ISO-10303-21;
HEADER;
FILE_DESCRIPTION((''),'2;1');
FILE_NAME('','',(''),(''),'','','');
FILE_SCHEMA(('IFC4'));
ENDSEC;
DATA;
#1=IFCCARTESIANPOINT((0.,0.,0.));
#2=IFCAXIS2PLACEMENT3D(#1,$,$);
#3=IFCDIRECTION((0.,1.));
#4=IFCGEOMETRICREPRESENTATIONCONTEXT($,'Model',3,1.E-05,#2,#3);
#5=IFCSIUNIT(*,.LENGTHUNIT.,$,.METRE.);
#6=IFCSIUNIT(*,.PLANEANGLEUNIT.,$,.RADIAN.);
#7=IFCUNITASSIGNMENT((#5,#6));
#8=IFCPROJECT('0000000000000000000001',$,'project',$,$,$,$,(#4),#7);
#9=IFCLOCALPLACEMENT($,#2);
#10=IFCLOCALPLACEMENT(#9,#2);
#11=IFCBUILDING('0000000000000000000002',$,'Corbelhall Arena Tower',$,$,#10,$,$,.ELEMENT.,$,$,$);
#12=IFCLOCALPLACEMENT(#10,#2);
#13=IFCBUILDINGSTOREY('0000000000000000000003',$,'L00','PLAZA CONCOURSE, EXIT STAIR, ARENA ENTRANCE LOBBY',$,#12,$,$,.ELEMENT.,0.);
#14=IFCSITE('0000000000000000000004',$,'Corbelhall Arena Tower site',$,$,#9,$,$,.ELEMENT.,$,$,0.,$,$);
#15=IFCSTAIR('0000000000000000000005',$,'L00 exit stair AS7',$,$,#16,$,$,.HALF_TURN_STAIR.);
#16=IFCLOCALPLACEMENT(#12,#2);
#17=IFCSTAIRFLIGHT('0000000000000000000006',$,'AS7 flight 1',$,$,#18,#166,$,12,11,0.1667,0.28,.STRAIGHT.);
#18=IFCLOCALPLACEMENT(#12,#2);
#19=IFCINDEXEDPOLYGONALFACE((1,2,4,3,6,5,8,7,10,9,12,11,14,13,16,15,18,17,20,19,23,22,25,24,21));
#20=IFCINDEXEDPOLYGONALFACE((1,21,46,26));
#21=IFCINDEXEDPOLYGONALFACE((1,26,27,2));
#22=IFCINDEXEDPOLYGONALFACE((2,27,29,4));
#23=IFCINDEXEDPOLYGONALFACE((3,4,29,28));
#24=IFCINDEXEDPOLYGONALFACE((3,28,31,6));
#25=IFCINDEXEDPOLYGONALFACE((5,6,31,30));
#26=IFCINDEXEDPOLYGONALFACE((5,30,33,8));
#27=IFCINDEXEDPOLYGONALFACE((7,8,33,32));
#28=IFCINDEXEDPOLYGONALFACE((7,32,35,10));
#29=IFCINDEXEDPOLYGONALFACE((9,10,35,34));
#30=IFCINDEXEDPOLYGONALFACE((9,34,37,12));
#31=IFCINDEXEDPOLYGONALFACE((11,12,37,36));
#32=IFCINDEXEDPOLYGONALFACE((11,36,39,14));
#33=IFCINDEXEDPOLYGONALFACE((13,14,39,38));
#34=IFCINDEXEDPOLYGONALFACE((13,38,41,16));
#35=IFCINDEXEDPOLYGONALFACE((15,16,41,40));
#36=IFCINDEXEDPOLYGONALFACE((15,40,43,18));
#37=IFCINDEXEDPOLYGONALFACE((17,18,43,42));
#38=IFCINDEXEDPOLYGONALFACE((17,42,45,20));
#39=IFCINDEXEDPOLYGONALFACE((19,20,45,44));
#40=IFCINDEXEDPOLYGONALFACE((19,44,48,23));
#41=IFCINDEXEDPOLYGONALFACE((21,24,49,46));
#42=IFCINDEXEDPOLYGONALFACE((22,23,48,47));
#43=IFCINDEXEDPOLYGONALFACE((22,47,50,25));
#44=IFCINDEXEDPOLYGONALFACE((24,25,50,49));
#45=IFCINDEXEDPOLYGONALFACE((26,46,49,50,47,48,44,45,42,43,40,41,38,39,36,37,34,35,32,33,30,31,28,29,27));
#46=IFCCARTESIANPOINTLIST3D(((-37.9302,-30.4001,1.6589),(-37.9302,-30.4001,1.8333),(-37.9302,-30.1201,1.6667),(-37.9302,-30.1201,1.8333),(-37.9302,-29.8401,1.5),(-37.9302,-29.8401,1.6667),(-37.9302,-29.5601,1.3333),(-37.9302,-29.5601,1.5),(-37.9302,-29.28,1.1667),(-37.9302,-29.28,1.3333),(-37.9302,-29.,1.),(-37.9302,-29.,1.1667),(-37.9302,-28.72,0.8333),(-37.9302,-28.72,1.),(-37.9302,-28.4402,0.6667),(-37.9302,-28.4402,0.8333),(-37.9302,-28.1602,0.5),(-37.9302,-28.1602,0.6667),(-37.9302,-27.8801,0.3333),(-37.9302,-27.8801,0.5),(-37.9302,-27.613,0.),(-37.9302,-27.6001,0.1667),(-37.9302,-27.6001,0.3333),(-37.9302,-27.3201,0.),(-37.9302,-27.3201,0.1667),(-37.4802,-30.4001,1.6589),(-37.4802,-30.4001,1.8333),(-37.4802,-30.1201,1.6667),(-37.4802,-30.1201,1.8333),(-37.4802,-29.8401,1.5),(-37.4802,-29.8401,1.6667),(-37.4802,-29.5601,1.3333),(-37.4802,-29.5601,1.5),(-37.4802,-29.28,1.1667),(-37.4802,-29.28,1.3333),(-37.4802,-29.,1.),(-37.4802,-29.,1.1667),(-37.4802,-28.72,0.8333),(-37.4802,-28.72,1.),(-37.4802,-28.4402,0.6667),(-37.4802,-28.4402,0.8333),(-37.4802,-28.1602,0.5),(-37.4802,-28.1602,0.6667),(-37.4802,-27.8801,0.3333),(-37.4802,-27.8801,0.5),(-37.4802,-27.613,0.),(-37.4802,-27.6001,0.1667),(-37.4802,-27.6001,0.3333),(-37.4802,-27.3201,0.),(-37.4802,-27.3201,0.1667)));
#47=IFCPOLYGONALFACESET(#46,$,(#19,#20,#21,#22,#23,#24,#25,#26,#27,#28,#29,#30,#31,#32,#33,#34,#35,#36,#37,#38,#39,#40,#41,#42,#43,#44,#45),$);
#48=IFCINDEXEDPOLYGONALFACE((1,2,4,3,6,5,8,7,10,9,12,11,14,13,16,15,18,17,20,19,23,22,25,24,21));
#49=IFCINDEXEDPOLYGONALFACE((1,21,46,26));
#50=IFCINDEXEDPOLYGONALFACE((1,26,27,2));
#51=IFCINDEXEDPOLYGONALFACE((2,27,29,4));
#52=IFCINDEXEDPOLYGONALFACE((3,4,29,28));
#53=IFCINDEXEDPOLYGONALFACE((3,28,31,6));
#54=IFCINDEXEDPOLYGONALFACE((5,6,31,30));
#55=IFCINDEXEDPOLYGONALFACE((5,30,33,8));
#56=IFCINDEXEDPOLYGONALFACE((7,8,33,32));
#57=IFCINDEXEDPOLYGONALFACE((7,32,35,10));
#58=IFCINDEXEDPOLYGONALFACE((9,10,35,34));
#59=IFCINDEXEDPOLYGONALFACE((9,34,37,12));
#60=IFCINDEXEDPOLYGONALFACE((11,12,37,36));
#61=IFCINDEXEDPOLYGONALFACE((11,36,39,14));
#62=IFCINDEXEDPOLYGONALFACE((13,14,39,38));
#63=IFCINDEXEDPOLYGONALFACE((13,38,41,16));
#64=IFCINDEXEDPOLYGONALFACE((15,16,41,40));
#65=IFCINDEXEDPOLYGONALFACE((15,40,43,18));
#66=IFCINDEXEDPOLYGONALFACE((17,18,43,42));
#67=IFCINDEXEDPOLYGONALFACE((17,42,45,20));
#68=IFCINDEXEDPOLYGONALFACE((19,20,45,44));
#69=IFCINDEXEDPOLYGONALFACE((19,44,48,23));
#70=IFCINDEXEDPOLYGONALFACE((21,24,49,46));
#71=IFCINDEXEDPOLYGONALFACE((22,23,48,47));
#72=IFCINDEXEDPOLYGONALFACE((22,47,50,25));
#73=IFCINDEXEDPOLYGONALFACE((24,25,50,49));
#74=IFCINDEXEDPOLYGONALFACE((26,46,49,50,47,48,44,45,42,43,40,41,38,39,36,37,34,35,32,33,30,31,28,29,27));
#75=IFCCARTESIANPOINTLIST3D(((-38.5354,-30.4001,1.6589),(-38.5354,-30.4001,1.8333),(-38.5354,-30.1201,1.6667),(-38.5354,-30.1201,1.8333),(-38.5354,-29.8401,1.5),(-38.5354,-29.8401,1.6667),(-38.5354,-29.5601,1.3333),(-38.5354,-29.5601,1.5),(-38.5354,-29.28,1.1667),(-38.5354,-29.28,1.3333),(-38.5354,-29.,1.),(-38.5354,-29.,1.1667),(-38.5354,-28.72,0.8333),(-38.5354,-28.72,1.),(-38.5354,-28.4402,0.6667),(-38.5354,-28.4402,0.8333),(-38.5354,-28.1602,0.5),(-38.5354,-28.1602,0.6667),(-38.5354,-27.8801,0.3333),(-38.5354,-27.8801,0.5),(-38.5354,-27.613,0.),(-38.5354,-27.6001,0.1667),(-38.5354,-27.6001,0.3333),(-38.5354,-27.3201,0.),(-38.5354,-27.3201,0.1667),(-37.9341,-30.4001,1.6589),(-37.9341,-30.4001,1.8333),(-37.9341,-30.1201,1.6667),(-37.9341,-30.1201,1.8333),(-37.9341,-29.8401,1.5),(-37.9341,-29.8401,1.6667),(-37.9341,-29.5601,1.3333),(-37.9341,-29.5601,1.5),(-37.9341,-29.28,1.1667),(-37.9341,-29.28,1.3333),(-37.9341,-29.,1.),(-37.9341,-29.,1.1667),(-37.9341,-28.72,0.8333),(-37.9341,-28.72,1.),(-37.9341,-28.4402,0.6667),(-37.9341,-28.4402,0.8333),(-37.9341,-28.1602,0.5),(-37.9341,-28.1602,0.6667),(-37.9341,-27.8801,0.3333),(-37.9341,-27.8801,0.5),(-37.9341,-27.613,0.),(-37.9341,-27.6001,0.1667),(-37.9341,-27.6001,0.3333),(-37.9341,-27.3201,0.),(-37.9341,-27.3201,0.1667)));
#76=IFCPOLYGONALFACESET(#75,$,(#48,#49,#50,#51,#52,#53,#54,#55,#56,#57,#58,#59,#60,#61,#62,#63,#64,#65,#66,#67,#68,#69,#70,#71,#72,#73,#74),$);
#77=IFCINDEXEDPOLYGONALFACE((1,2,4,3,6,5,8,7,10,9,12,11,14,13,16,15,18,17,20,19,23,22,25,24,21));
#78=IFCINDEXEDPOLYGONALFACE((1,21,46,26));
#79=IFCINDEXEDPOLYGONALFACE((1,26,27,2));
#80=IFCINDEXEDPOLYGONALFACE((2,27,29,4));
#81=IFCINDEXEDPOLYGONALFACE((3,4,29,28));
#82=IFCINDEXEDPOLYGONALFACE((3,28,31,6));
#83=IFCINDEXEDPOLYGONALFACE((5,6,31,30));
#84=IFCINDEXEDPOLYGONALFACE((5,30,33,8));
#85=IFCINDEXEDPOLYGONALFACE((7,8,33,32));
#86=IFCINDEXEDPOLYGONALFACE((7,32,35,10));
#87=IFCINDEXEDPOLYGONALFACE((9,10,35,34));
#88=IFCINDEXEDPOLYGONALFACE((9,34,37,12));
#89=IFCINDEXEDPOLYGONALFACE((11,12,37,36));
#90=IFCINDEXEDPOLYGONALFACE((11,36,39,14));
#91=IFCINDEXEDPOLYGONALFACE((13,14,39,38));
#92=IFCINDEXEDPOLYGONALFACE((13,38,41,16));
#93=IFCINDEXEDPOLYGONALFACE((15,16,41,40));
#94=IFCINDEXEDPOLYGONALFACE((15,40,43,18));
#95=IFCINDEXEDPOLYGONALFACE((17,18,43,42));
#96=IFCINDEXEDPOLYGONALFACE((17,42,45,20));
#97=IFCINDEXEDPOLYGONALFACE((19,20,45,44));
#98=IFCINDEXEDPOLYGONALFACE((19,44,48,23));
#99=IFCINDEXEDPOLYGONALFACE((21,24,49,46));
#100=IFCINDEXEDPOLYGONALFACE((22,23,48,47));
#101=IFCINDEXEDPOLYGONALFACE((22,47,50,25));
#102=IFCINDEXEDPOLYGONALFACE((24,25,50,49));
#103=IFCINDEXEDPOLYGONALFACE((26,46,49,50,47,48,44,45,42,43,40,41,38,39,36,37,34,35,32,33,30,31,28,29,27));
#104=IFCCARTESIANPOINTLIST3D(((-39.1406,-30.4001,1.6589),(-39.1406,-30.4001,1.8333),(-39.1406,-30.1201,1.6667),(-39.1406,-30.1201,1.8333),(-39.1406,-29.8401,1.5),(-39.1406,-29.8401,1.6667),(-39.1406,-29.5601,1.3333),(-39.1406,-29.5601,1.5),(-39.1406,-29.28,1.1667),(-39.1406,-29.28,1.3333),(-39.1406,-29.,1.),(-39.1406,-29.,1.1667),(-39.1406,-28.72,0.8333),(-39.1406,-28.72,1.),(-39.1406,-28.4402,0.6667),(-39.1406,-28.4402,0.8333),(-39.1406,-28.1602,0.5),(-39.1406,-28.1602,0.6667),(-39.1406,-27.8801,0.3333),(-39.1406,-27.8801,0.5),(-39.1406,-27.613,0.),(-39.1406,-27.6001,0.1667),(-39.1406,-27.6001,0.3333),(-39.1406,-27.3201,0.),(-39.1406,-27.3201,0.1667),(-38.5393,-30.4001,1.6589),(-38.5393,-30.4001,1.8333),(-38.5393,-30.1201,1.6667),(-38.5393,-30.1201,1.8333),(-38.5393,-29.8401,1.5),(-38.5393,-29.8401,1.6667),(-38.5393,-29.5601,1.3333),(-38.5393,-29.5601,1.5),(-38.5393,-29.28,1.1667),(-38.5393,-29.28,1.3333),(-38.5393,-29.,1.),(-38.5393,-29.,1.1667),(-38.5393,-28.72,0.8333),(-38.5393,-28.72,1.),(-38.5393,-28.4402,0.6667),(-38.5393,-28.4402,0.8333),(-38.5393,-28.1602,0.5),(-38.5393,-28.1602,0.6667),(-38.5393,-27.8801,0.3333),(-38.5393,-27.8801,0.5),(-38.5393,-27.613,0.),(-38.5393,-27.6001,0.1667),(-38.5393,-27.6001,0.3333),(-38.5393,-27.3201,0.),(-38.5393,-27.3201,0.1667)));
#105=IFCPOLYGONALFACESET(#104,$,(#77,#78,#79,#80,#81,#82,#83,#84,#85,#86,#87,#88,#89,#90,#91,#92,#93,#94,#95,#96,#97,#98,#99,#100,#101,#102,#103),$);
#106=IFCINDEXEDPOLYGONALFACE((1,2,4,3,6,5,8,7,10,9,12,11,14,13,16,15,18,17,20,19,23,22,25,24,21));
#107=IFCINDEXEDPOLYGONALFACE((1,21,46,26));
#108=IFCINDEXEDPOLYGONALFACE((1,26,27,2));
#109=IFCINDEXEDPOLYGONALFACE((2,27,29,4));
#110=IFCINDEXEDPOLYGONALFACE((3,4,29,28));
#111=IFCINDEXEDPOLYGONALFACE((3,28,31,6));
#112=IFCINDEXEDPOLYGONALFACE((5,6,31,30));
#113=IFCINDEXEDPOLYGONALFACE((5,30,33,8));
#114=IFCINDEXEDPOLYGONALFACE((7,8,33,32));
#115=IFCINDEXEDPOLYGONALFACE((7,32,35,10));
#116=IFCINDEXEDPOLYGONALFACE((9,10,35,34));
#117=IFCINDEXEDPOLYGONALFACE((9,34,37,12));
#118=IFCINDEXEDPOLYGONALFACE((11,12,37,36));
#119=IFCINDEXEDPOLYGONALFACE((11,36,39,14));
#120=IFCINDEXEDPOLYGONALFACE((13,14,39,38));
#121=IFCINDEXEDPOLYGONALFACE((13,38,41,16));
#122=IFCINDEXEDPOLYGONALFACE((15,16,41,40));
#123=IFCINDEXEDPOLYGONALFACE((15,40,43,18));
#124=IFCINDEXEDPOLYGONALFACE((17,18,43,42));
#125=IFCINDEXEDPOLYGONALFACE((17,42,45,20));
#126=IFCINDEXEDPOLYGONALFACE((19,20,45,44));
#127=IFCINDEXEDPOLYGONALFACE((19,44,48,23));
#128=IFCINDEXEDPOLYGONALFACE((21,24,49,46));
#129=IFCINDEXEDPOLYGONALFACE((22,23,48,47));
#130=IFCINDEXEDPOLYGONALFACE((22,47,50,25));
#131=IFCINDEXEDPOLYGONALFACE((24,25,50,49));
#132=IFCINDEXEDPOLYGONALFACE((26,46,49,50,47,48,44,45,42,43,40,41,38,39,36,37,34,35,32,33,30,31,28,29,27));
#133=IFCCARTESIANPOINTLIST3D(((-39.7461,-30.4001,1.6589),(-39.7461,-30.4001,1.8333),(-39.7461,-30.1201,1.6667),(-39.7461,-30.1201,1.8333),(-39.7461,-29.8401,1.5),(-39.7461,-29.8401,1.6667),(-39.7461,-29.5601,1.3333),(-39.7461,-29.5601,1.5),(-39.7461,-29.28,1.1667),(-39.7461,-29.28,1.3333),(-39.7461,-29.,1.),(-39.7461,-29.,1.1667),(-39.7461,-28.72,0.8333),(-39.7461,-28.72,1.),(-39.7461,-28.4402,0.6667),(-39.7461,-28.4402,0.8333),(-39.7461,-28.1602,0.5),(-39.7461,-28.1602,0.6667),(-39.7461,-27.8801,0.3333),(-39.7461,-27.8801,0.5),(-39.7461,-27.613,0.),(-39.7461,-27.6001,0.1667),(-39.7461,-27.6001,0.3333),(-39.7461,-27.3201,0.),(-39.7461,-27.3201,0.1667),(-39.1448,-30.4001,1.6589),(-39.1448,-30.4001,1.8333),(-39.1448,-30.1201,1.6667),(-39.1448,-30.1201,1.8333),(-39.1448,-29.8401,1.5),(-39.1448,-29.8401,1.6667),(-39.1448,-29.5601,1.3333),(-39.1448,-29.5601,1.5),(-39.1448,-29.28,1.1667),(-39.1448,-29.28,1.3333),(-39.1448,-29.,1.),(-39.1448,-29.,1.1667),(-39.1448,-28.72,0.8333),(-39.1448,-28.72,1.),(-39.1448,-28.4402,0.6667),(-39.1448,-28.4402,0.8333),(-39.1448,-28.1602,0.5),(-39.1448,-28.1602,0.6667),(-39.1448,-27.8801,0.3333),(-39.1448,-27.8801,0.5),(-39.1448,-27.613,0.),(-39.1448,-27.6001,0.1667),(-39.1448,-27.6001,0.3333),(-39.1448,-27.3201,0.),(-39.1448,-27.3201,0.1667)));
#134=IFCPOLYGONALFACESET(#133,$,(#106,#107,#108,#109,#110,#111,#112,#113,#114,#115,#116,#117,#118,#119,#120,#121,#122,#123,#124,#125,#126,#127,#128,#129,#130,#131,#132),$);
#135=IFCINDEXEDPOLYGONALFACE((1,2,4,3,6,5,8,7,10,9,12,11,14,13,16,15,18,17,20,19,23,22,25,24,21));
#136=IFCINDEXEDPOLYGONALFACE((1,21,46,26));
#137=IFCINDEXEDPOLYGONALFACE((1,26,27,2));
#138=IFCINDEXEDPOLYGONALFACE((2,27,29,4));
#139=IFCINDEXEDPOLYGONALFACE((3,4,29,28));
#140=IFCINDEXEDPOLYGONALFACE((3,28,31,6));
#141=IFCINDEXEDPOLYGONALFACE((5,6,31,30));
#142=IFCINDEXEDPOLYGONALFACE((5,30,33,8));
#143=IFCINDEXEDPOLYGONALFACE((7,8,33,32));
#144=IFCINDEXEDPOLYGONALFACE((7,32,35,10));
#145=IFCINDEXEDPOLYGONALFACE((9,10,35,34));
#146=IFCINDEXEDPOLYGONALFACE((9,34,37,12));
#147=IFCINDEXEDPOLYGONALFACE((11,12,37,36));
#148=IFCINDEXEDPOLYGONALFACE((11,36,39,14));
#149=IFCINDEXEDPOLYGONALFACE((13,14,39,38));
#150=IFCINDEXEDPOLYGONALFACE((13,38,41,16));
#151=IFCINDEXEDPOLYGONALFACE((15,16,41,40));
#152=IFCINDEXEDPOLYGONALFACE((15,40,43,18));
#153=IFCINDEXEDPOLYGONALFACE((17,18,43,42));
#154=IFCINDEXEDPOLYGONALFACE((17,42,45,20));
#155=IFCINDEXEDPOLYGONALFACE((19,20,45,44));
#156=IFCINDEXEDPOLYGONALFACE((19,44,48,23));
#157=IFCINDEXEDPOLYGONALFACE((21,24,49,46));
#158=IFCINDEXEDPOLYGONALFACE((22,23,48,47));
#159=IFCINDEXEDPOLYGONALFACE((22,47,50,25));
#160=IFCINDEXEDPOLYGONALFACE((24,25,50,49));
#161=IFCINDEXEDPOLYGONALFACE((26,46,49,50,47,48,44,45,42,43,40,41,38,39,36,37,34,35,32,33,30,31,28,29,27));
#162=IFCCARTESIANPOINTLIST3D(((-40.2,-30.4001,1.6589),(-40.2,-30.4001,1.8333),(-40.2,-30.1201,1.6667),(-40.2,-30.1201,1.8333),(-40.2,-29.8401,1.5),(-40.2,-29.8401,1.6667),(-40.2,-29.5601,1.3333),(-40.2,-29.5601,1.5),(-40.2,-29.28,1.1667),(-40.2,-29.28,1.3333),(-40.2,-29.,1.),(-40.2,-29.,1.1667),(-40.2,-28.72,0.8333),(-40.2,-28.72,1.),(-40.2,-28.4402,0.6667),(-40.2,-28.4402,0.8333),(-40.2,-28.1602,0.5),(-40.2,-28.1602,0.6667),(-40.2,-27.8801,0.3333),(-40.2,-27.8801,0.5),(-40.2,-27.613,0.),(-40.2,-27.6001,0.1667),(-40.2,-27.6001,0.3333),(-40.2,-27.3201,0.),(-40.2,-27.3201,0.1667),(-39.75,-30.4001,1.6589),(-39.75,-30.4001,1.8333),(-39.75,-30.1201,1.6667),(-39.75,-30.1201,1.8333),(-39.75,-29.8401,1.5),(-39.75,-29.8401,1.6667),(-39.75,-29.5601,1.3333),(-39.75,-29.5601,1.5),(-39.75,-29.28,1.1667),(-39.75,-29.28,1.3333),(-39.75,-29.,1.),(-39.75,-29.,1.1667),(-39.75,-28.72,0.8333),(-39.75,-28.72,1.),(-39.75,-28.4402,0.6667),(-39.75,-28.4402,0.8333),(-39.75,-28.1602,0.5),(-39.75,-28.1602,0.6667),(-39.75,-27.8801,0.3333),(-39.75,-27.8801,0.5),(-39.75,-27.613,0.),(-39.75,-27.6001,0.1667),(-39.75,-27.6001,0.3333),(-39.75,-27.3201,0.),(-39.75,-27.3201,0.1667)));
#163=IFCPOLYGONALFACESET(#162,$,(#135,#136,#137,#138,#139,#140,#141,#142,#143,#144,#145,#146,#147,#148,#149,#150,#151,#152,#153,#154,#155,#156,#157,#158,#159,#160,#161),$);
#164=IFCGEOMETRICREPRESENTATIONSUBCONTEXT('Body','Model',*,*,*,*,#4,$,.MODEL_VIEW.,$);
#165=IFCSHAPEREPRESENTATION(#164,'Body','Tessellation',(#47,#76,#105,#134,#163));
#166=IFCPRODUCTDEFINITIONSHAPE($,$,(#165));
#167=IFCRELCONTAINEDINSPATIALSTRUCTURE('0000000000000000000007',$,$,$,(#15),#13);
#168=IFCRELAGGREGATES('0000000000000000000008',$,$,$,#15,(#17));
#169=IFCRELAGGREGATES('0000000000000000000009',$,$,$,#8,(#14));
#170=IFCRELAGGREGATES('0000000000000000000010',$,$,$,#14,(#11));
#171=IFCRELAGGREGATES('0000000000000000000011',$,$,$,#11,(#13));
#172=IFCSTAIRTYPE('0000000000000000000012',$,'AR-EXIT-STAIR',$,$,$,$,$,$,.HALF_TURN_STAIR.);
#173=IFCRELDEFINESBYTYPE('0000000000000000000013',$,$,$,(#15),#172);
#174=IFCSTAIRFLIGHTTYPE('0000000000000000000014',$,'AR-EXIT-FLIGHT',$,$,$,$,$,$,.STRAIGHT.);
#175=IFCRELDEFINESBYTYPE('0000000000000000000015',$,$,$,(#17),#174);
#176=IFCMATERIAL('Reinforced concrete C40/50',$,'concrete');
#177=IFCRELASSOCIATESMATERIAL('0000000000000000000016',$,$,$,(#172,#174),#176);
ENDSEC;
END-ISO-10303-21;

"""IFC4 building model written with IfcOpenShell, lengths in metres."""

from ifc_helpers import new_model, si_unit, direction, frame, origin, place, context, subcontext, project, spatial, polyline, outline, extrude, material, type_object, element, aggregate, save


model = new_model("IFC4")

# Units and contexts
model_context = context("Model", 3, precision=1e-05, world=origin(), true_north=direction((0.0, 1.0)))
body_context = subcontext(model_context, "Body", "Model", "MODEL_VIEW")
ifc_project = project(units=[si_unit("LENGTHUNIT", "METRE"), si_unit("PLANEANGLEUNIT", "RADIAN")], contexts=[model_context])

# Site, building, storey
site_placement = place(None, origin())
site = spatial("IfcSite", under=ifc_project, at=site_placement, Name="Corbelhall Arena Tower site", CompositionType="ELEMENT", RefElevation=0.0)
building_placement = place(site_placement, origin())
building = spatial("IfcBuilding", under=site, at=building_placement, Name="Corbelhall Arena Tower", CompositionType="ELEMENT")
storey_placement = place(building_placement, origin())
storey = spatial("IfcBuildingStorey", under=building, at=storey_placement, Name="L00", Description="PLAZA CONCOURSE, EXIT STAIR, ARENA ENTRANCE LOBBY", CompositionType="ELEMENT", Elevation=0.0)

# Stair, stair flight
ifc_material_1 = material(Name="Reinforced concrete C40/50", Category="concrete")
stair_type = type_object("IfcStairType", Name="AR-EXIT-STAIR", PredefinedType="HALF_TURN_STAIR", material=ifc_material_1)
stair_1_placement = place(storey_placement, origin())
stair_1 = element("IfcStair", 1, at=stair_1_placement, inside=storey, type_object=stair_type, Name="L00 exit stair AS7", PredefinedType="HALF_TURN_STAIR")
stair_flight_type = type_object("IfcStairFlightType", Name="AR-EXIT-FLIGHT", PredefinedType="STRAIGHT", material=ifc_material_1)
stair_flight_1_placement = place(storey_placement, frame((-38.8401, -27.3201, 0.0), z_axis=(0.0, 0.0, 1.0), x_axis=(0.0, -1.0, 0.0)))
stair_flight_1 = element("IfcStairFlight", 2, at=stair_flight_1_placement, type_object=stair_flight_type, Name="AS7 flight 1", NumberOfRisers=12, NumberOfTreads=11, PredefinedType="STRAIGHT", RiserHeight=0.1667, TreadLength=0.28, context=body_context, shape_type="SweptSolid", body=[
    extrude(outline(polyline([(0.0, 0.0), (0.0, 0.1667), (0.28, 0.1667), (0.28, 0.3333), (0.5601, 0.3333), (0.5601, 0.5), (0.8401, 0.5), (0.8401, 0.6667), (1.1201, 0.6667), (1.1201, 0.8333), (1.3999, 0.8333), (1.3999, 1.0), (1.6799, 1.0), (1.6799, 1.1667), (1.96, 1.1667), (1.96, 1.3333), (2.24, 1.3333), (2.24, 1.5), (2.52, 1.5), (2.52, 1.6667), (2.8, 1.6667), (2.8, 1.8333), (3.0801, 1.8333), (3.0801, 2.0), (3.0801, 1.6589), (0.293, 0.0), (0.0, 0.0)])), frame((0.0, 1.3599, 0.0), z_axis=(0.0, -1.0, 0.0), x_axis=(1.0, 0.0, 0.0)), (0.0, 0.0, 1.0), 0.45),
    extrude(outline(polyline([(0.0, 0.0), (0.0, 0.1667), (0.28, 0.1667), (0.28, 0.3333), (0.5601, 0.3333), (0.5601, 0.5), (0.8401, 0.5), (0.8401, 0.6667), (1.1201, 0.6667), (1.1201, 0.8333), (1.3999, 0.8333), (1.3999, 1.0), (1.6799, 1.0), (1.6799, 1.1667), (1.96, 1.1667), (1.96, 1.3333), (2.24, 1.3333), (2.24, 1.5), (2.52, 1.5), (2.52, 1.6667), (2.8, 1.6667), (2.8, 1.8333), (3.0801, 1.8333), (3.0801, 2.0), (3.0801, 1.6589), (0.293, 0.0), (0.0, 0.0)])), frame((0.0, 0.906, 0.0), z_axis=(0.0, -1.0, 0.0), x_axis=(1.0, 0.0, 0.0)), (0.0, 0.0, 1.0), 0.6013),
    extrude(outline(polyline([(0.0, 0.0), (0.0, 0.1667), (0.28, 0.1667), (0.28, 0.3333), (0.5601, 0.3333), (0.5601, 0.5), (0.8401, 0.5), (0.8401, 0.6667), (1.1201, 0.6667), (1.1201, 0.8333), (1.3999, 0.8333), (1.3999, 1.0), (1.6799, 1.0), (1.6799, 1.1667), (1.96, 1.1667), (1.96, 1.3333), (2.24, 1.3333), (2.24, 1.5), (2.52, 1.5), (2.52, 1.6667), (2.8, 1.6667), (2.8, 1.8333), (3.0801, 1.8333), (3.0801, 2.0), (3.0801, 1.6589), (0.293, 0.0), (0.0, 0.0)])), frame((0.0, 0.3008, 0.0), z_axis=(0.0, -1.0, 0.0), x_axis=(1.0, 0.0, 0.0)), (0.0, 0.0, 1.0), 0.6013),
    extrude(outline(polyline([(0.0, 0.0), (0.0, 0.1667), (0.28, 0.1667), (0.28, 0.3333), (0.5601, 0.3333), (0.5601, 0.5), (0.8401, 0.5), (0.8401, 0.6667), (1.1201, 0.6667), (1.1201, 0.8333), (1.3999, 0.8333), (1.3999, 1.0), (1.6799, 1.0), (1.6799, 1.1667), (1.96, 1.1667), (1.96, 1.3333), (2.24, 1.3333), (2.24, 1.5), (2.52, 1.5), (2.52, 1.6667), (2.8, 1.6667), (2.8, 1.8333), (3.0801, 1.8333), (3.0801, 2.0), (3.0801, 1.6589), (0.293, 0.0), (0.0, 0.0)])), frame((0.0, -0.3047, 0.0), z_axis=(0.0, -1.0, 0.0), x_axis=(1.0, 0.0, 0.0)), (0.0, 0.0, 1.0), 0.6013),
    extrude(outline(polyline([(0.0, 0.0), (0.0, 0.1667), (0.28, 0.1667), (0.28, 0.3333), (0.5601, 0.3333), (0.5601, 0.5), (0.8401, 0.5), (0.8401, 0.6667), (1.1201, 0.6667), (1.1201, 0.8333), (1.3999, 0.8333), (1.3999, 1.0), (1.6799, 1.0), (1.6799, 1.1667), (1.96, 1.1667), (1.96, 1.3333), (2.24, 1.3333), (2.24, 1.5), (2.52, 1.5), (2.52, 1.6667), (2.8, 1.6667), (2.8, 1.8333), (3.0801, 1.8333), (3.0801, 2.0), (3.0801, 1.6589), (0.293, 0.0), (0.0, 0.0)])), frame((0.0, -0.9099, 0.0), z_axis=(0.0, -1.0, 0.0), x_axis=(1.0, 0.0, 0.0)), (0.0, 0.0, 1.0), 0.45),
])
aggregate(stair_1, [stair_flight_1])

save(model, "model.ifc")
